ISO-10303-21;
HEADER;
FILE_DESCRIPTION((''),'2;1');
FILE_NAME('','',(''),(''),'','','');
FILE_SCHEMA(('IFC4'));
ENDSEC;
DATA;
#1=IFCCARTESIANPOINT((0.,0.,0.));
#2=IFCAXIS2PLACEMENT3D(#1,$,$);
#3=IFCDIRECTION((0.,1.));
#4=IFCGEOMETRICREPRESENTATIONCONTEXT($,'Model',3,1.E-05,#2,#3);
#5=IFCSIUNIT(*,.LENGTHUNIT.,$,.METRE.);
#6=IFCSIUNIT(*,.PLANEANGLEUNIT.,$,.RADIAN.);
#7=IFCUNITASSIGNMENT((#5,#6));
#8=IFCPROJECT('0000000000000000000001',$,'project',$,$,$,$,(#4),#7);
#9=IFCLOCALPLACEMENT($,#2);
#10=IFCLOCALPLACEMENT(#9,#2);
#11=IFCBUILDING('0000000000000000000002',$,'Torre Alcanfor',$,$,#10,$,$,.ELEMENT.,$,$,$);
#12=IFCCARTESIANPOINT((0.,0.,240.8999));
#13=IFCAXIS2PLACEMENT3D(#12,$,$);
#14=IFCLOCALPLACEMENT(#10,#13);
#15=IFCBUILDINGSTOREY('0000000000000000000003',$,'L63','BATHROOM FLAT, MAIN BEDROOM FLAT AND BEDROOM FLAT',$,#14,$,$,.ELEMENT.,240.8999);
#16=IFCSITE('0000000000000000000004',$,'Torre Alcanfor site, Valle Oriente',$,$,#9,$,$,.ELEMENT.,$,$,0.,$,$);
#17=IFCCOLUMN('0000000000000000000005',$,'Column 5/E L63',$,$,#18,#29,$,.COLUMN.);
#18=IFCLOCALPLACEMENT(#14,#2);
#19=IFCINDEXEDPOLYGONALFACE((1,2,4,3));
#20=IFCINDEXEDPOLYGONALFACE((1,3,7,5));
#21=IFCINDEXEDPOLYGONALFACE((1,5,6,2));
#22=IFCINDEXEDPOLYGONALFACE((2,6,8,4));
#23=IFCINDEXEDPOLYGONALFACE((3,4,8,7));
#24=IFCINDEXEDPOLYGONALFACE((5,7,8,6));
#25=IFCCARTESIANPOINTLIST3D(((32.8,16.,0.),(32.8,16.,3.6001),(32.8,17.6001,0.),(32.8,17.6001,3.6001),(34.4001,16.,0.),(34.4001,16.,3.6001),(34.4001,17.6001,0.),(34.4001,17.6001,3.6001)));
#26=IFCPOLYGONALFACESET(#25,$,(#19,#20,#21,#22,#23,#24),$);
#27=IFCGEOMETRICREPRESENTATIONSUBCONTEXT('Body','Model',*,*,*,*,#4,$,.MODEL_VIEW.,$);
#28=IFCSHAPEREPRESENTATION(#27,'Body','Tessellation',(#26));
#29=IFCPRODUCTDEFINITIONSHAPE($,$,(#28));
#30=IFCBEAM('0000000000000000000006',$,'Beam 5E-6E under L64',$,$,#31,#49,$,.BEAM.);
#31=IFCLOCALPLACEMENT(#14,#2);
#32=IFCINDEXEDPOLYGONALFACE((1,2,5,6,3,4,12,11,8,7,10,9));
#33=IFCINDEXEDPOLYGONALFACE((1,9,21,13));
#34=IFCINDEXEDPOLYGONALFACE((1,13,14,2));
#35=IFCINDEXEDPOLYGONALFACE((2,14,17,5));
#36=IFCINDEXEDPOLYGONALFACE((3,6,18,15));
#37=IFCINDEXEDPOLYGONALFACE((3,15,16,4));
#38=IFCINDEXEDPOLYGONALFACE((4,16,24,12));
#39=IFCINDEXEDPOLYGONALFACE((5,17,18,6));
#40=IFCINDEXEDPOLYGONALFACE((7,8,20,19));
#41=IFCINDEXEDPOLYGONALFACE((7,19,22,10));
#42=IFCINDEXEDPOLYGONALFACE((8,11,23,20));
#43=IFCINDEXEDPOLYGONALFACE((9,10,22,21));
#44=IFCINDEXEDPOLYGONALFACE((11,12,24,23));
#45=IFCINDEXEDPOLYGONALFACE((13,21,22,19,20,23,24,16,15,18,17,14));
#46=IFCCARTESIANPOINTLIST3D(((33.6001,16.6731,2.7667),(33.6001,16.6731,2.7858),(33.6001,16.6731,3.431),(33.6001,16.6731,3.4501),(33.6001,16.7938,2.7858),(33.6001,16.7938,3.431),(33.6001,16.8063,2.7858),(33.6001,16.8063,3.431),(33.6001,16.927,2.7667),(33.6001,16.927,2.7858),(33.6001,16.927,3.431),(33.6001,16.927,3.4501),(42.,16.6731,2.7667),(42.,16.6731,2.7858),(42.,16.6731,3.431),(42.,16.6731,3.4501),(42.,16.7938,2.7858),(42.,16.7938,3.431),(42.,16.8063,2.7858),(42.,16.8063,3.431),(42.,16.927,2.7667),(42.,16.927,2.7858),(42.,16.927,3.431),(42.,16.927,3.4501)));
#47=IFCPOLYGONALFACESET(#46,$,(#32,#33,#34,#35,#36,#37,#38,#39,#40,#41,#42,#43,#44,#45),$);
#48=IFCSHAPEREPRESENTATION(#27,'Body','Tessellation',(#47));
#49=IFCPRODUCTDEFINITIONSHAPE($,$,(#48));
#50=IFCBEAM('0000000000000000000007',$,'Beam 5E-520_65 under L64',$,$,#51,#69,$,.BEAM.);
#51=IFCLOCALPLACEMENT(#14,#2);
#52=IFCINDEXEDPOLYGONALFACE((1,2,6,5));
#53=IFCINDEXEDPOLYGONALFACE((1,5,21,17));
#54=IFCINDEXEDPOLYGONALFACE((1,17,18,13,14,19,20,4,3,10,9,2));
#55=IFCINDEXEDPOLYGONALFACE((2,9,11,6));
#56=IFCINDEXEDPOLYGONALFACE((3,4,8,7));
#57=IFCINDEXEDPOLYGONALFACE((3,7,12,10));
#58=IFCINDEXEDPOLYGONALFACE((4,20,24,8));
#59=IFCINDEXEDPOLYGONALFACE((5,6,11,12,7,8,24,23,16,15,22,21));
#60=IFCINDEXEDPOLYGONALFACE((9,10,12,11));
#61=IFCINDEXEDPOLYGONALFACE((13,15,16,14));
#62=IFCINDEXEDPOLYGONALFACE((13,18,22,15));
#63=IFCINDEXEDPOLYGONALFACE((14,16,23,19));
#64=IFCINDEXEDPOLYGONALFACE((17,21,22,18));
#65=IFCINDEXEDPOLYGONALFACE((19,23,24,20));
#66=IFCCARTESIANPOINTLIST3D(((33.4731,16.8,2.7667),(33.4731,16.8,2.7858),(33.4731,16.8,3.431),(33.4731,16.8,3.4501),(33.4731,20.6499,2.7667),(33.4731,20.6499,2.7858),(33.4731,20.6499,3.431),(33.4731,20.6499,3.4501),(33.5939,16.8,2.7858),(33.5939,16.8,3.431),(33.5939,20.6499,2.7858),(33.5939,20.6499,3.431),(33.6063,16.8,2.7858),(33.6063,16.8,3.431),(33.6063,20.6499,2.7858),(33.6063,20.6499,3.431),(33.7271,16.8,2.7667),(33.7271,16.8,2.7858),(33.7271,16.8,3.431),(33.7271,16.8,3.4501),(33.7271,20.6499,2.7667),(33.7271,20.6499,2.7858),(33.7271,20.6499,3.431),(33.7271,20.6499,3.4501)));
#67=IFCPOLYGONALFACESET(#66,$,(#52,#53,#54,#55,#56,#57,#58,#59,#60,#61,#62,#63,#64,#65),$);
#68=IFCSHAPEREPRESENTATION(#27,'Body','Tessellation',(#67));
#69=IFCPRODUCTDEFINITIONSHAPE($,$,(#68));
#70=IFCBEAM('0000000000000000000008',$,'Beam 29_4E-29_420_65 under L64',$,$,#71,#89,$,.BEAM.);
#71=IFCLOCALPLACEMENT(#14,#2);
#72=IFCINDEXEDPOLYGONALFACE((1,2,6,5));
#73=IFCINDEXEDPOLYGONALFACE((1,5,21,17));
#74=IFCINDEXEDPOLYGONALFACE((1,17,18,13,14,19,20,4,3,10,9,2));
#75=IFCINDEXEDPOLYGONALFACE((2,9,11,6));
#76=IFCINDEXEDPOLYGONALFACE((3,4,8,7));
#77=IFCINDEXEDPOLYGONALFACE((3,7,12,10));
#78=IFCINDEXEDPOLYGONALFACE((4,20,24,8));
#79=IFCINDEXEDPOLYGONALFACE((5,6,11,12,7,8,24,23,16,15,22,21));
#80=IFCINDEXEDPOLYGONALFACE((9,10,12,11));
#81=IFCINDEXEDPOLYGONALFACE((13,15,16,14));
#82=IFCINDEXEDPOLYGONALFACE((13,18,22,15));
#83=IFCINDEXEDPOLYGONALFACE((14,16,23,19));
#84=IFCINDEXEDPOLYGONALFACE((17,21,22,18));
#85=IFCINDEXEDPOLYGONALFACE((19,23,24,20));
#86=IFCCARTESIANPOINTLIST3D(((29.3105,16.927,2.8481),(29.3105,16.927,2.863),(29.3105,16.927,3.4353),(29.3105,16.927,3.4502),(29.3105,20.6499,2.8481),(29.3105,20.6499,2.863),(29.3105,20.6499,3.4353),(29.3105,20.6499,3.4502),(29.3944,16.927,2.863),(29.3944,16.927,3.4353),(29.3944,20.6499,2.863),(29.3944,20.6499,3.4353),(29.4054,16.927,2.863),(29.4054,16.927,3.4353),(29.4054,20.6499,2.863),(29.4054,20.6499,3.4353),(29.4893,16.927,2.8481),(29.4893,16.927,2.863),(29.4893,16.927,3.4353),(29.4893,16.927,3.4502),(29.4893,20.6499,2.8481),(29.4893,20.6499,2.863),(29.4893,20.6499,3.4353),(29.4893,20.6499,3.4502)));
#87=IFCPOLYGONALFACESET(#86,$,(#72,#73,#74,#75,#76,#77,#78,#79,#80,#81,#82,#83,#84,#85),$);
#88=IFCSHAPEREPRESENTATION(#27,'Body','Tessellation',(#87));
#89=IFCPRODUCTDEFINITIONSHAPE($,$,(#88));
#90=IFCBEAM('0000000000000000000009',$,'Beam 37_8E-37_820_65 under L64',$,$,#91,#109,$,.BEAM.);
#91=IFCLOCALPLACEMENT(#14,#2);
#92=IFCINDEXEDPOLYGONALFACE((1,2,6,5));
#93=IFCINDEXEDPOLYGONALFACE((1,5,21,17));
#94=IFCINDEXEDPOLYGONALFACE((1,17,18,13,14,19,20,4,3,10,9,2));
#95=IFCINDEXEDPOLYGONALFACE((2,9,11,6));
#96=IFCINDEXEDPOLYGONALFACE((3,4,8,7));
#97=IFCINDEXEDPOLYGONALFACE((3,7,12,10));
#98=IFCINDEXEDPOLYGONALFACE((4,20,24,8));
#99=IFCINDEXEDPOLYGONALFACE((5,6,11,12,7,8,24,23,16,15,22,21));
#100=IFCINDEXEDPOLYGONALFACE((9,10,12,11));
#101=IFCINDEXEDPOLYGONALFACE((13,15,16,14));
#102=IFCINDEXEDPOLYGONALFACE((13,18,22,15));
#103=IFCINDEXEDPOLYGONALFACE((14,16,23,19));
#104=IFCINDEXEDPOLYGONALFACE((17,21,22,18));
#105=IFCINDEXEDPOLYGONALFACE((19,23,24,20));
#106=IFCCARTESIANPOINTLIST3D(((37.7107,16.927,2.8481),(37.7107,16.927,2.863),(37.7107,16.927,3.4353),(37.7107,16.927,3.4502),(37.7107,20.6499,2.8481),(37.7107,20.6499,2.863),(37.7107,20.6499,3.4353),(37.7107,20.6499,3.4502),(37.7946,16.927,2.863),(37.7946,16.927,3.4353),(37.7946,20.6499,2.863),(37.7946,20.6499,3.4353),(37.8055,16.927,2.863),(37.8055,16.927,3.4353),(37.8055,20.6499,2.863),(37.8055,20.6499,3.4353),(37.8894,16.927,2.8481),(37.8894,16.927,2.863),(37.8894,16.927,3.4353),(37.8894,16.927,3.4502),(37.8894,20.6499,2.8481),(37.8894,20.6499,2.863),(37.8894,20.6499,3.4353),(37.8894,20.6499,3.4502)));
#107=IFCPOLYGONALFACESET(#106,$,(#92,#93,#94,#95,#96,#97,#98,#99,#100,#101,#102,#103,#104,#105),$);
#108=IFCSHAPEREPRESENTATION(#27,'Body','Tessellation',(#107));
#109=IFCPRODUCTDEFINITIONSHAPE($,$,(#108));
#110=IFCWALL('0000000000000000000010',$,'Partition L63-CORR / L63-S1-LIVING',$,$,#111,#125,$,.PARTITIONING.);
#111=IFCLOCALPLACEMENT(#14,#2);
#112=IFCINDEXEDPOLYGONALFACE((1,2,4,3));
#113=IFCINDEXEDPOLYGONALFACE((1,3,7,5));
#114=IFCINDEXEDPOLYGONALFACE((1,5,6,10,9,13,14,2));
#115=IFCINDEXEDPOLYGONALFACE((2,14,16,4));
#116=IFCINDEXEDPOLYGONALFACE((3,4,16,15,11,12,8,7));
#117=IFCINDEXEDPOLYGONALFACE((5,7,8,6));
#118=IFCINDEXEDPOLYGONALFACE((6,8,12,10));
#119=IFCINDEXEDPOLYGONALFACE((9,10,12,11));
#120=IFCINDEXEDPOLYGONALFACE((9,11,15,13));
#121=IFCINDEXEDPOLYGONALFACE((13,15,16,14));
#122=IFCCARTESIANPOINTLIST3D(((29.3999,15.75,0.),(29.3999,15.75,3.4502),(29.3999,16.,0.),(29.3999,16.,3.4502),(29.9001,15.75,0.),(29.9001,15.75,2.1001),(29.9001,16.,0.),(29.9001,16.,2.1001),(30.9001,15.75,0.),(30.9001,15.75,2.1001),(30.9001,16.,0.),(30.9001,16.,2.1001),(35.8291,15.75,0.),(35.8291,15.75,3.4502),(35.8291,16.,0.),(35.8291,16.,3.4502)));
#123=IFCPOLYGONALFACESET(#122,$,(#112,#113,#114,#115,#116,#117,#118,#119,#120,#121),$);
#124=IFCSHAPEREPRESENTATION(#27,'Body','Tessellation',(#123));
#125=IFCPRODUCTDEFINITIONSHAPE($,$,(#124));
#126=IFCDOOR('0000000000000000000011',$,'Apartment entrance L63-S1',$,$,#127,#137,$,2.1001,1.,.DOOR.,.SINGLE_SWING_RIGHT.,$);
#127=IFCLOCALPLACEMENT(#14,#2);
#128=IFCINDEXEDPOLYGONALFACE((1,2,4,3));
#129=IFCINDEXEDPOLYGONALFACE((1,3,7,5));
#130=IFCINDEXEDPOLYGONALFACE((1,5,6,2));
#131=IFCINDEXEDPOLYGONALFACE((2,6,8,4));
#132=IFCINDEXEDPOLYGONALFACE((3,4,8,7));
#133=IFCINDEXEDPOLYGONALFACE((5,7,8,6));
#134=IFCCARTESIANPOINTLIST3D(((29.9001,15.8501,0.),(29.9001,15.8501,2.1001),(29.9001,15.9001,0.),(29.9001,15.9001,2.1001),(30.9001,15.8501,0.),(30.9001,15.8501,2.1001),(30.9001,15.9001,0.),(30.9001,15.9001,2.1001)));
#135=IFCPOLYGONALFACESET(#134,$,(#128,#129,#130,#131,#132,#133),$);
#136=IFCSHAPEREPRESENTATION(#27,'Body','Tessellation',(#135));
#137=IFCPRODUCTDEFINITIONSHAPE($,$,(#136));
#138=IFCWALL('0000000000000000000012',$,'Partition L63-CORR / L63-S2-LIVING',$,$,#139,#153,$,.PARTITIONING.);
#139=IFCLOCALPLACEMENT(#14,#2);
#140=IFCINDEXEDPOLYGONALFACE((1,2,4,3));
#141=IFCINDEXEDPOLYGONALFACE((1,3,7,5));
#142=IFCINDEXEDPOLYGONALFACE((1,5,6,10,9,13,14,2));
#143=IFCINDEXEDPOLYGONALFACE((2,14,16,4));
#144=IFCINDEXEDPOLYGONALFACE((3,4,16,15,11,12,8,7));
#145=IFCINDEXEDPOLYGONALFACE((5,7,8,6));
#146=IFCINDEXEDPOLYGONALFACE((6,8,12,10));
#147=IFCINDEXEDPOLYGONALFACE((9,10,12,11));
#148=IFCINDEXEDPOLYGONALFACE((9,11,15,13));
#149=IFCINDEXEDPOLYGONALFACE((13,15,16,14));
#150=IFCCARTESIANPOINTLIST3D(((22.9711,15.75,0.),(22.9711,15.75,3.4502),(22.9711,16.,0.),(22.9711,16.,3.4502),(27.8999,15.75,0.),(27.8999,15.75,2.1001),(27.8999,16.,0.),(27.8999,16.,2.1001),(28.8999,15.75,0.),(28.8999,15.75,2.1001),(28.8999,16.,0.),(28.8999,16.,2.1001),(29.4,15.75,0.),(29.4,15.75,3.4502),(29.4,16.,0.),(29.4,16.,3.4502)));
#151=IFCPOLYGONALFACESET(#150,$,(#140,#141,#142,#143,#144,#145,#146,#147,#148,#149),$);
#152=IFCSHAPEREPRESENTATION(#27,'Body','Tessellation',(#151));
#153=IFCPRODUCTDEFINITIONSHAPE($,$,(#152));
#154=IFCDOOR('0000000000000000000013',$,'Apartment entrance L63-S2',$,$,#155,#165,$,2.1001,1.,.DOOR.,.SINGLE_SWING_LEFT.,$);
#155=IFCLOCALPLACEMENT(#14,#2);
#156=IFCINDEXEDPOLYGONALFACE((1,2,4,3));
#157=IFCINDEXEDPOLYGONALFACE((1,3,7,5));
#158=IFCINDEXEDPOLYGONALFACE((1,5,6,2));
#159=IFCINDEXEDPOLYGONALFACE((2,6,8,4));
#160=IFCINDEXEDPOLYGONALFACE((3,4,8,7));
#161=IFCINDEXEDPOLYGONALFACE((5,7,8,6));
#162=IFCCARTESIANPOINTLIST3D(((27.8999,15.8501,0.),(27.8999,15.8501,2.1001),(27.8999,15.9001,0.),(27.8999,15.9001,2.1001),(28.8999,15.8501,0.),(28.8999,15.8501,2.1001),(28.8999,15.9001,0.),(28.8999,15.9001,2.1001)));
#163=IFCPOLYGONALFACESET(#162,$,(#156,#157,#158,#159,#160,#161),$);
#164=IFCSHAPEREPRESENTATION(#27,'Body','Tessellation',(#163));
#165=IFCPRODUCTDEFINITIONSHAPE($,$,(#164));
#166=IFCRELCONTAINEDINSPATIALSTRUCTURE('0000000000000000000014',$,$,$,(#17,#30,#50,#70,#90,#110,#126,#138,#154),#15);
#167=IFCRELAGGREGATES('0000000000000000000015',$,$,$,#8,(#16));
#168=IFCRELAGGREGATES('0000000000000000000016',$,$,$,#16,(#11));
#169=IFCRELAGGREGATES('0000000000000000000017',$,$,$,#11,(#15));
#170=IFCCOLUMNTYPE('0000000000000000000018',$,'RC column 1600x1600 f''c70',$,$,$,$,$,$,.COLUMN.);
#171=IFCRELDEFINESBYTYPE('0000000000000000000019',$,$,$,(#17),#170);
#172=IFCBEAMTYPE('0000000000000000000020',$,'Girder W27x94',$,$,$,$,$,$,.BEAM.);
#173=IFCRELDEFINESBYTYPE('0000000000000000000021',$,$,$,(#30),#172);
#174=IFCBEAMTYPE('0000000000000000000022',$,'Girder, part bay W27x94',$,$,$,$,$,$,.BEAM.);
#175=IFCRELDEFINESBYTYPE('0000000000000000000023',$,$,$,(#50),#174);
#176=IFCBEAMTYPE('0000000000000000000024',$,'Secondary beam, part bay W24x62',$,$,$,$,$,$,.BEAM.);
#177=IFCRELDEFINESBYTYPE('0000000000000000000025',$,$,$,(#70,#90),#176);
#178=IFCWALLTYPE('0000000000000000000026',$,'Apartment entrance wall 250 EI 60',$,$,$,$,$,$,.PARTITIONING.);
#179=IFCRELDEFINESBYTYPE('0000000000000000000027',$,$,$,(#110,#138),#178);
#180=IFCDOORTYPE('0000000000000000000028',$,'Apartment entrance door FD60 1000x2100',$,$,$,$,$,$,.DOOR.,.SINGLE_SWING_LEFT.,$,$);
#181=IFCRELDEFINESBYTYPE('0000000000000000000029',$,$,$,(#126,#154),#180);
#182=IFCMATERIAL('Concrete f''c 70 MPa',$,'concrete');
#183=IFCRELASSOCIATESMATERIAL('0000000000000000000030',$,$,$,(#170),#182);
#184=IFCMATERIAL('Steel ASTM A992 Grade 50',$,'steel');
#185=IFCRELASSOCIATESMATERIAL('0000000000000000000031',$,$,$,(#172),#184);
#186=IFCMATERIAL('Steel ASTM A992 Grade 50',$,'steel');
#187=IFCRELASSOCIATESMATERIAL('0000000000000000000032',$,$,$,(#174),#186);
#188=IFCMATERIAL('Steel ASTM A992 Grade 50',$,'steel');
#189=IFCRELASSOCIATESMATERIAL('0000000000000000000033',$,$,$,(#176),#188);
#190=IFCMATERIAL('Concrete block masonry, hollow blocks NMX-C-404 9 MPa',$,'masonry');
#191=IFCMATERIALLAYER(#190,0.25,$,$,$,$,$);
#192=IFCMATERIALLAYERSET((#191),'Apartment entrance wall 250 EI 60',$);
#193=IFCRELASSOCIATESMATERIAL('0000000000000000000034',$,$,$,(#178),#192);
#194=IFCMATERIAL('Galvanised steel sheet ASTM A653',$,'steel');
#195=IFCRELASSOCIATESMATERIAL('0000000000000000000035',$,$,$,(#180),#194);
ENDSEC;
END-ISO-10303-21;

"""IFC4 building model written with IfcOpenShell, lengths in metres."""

from ifc_helpers import new_model, si_unit, direction, frame, frame_2d, origin, origin_2d, place, context, subcontext, project, spatial, rectangle, i_section, extrude, material, layer, layer_set, material_profile, profile_set, type_object, element, fill, save


model = new_model("IFC4")

# Units and contexts
model_context = context("Model", 3, precision=1e-05, world=origin(), true_north=direction((0.0, 1.0)))
body_context = subcontext(model_context, "Body", "Model", "MODEL_VIEW")
ifc_project = project(units=[si_unit("LENGTHUNIT", "METRE"), si_unit("PLANEANGLEUNIT", "RADIAN")], contexts=[model_context])

# Site, building, storey
site_placement = place(None, origin())
site = spatial("IfcSite", under=ifc_project, at=site_placement, Name="Torre Alcanfor site, Valle Oriente", CompositionType="ELEMENT", RefElevation=0.0)
building_placement = place(site_placement, origin())
building = spatial("IfcBuilding", under=site, at=building_placement, Name="Torre Alcanfor", CompositionType="ELEMENT")
storey_placement = place(building_placement, frame((0.0, 0.0, 240.8999)))
storey = spatial("IfcBuildingStorey", under=building, at=storey_placement, Name="L63", Description="BATHROOM FLAT, MAIN BEDROOM FLAT AND BEDROOM FLAT", CompositionType="ELEMENT", Elevation=240.8999)

# Column
ifc_material_1 = material(Name="Concrete f'c 70 MPa", Category="concrete")
ifc_material_profile_1 = material_profile(ifc_material_1, rectangle(XDim=1.6001, YDim=1.6001, at=origin_2d()), Name="1600x1600")
ifc_profile_set_1 = profile_set([ifc_material_profile_1], Name="Concrete f'c 70 MPa")
column_type = type_object("IfcColumnType", Name="RC column 1600x1600 f'c70", PredefinedType="COLUMN", material=ifc_profile_set_1)
column_placement = place(storey_placement, frame((33.6001, 16.8, 0.0), z_axis=(0.0, 0.0, 1.0), x_axis=(1.0, 0.0, 0.0)))
element("IfcColumn", 1, at=column_placement, inside=storey, type_object=column_type, Name="Column 5/E L63", PredefinedType="COLUMN", context=body_context, shape_type="SweptSolid", body=[
    extrude(rectangle(XDim=1.6001, YDim=1.6001, at=origin_2d()), origin(), (0.0, 0.0, 1.0), 3.6001),
])

# Beams
ifc_material_2 = material(Name="Steel ASTM A992 Grade 50", Category="steel")
ifc_material_profile_2 = material_profile(ifc_material_2, i_section(OverallWidth=0.2539, OverallDepth=0.6833, WebThickness=0.0125, FlangeThickness=0.019, at=origin_2d()), Name="W27x94")
ifc_profile_set_2 = profile_set([ifc_material_profile_2], Name="Steel ASTM A992 Grade 50")
beam_type_1 = type_object("IfcBeamType", Name="Girder W27x94", PredefinedType="BEAM", material=ifc_profile_set_2)
beam_1_placement = place(storey_placement, frame((33.6001, 16.8, 3.1084), z_axis=(1.0, 0.0, 0.0), x_axis=(0.0, 1.0, 0.0)))
element("IfcBeam", 2, at=beam_1_placement, inside=storey, type_object=beam_type_1, Name="Beam 5E-6E under L64", PredefinedType="BEAM", context=body_context, shape_type="SweptSolid", body=[
    extrude(i_section(OverallWidth=0.2539, OverallDepth=0.6833, WebThickness=0.0125, FlangeThickness=0.019, at=origin_2d()), origin(), (0.0, 0.0, 1.0), 8.3999),
])
ifc_material_3 = material(Name="Steel ASTM A992 Grade 50", Category="steel")
ifc_material_profile_3 = material_profile(ifc_material_3, i_section(OverallWidth=0.2539, OverallDepth=0.6833, WebThickness=0.0125, FlangeThickness=0.019, at=origin_2d()), Name="W27x94")
ifc_profile_set_3 = profile_set([ifc_material_profile_3], Name="Steel ASTM A992 Grade 50")
beam_type_2 = type_object("IfcBeamType", Name="Girder, part bay W27x94", PredefinedType="BEAM", material=ifc_profile_set_3)
beam_2_placement = place(storey_placement, frame((33.6001, 16.8, 3.1084), z_axis=(0.0, 1.0, 0.0), x_axis=(-1.0, 0.0, 0.0)))
element("IfcBeam", 3, at=beam_2_placement, inside=storey, type_object=beam_type_2, Name="Beam 5E-520_65 under L64", PredefinedType="BEAM", context=body_context, shape_type="SweptSolid", body=[
    extrude(i_section(OverallWidth=0.2539, OverallDepth=0.6833, WebThickness=0.0125, FlangeThickness=0.019, at=origin_2d()), origin(), (0.0, 0.0, 1.0), 3.8499),
])
ifc_material_4 = material(Name="Steel ASTM A992 Grade 50", Category="steel")
ifc_material_profile_4 = material_profile(ifc_material_4, i_section(OverallWidth=0.1787, OverallDepth=0.6021, WebThickness=0.011, FlangeThickness=0.0149, at=origin_2d()), Name="W24x62")
ifc_profile_set_4 = profile_set([ifc_material_profile_4], Name="Steel ASTM A992 Grade 50")
beam_type_3 = type_object("IfcBeamType", Name="Secondary beam, part bay W24x62", PredefinedType="BEAM", material=ifc_profile_set_4)
for number, where, z_axis, x_axis, name in (
    (4, (29.3999, 16.927, 3.1492), (0.0, 1.0, 0.0), (-1.0, 0.0, 0.0), "Beam 29_4E-29_420_65 under L64"),
    (5, (37.8, 16.927, 3.1492), (0.0, 1.0, 0.0), (-1.0, 0.0, 0.0), "Beam 37_8E-37_820_65 under L64"),
):
    element("IfcBeam", number, at=place(storey_placement, frame(where, z_axis=z_axis, x_axis=x_axis)), inside=storey, type_object=beam_type_3, Name=name, PredefinedType="BEAM", context=body_context, shape_type="SweptSolid", body=[
        extrude(i_section(OverallWidth=0.1787, OverallDepth=0.6021, WebThickness=0.011, FlangeThickness=0.0149, at=origin_2d()), origin(), (0.0, 0.0, 1.0), 3.7229),
    ])

# Walls, openings, doors
ifc_material_5 = material(Name="Concrete block masonry, hollow blocks NMX-C-404 9 MPa", Category="masonry")
ifc_layer_1 = layer(ifc_material_5, 0.25)
ifc_layer_set_1 = layer_set([ifc_layer_1], Name="Apartment entrance wall 250 EI 60")
wall_type_1 = type_object("IfcWallType", Name="Apartment entrance wall 250 EI 60", PredefinedType="PARTITIONING", material=ifc_layer_set_1)
wall_1_placement = place(storey_placement, frame((35.8291, 15.875, 0.0), z_axis=(0.0, 0.0, 1.0), x_axis=(-1.0, 0.0, 0.0)))
wall_1 = element("IfcWall", 6, at=wall_1_placement, inside=storey, type_object=wall_type_1, Name="Partition L63-CORR / L63-S1-LIVING", PredefinedType="PARTITIONING", context=body_context, shape_type="SweptSolid", body=[
    extrude(rectangle(XDim=6.4292, YDim=0.25, at=frame_2d((3.2146, 0.0))), origin(), (0.0, 0.0, 1.0), 3.4502),
])
opening_1_placement = place(wall_1_placement, frame((4.929, 0.0, 0.0)))
opening_1 = element("IfcOpeningElement", 7, at=opening_1_placement, cuts=wall_1, PredefinedType="OPENING", context=body_context, shape_type="SweptSolid", body=[
    extrude(rectangle(XDim=1.0, YDim=2.1001, at=frame_2d((0.5, 1.05))), frame((0.0, 0.135, 0.0), z_axis=(0.0, -1.0, 0.0), x_axis=(1.0, 0.0, 0.0)), (0.0, 0.0, 1.0), 0.27),
])
ifc_material_6 = material(Name="Galvanised steel sheet ASTM A653", Category="steel")
door_type_1 = type_object("IfcDoorType", Name="Apartment entrance door FD60 1000x2100", OperationType="SINGLE_SWING_LEFT", PredefinedType="DOOR", material=ifc_material_6)
door_1_placement = place(opening_1_placement, origin())
door_1 = element("IfcDoor", 8, at=door_1_placement, inside=storey, type_object=door_type_1, Name="Apartment entrance L63-S1", OperationType="SINGLE_SWING_RIGHT", OverallHeight=2.1001, OverallWidth=1.0, PredefinedType="DOOR", context=body_context, shape_type="SweptSolid", body=[
    extrude(rectangle(XDim=1.0, YDim=2.1001, at=frame_2d((0.5, 1.05))), frame((0.0, 0.0249, 0.0), z_axis=(0.0, -1.0, 0.0), x_axis=(1.0, 0.0, 0.0)), (0.0, 0.0, 1.0), 0.05),
])
fill(opening_1, door_1)
wall_2_placement = place(storey_placement, frame((29.3999, 15.875, 0.0), z_axis=(0.0, 0.0, 1.0), x_axis=(-1.0, 0.0, 0.0)))
wall_2 = element("IfcWall", 9, at=wall_2_placement, inside=storey, type_object=wall_type_1, Name="Partition L63-CORR / L63-S2-LIVING", PredefinedType="PARTITIONING", context=body_context, shape_type="SweptSolid", body=[
    extrude(rectangle(XDim=6.429, YDim=0.25, at=frame_2d((3.2144, 0.0))), origin(), (0.0, 0.0, 1.0), 3.4502),
])
opening_2_placement = place(wall_2_placement, frame((0.5, 0.0, 0.0)))
opening_2 = element("IfcOpeningElement", 10, at=opening_2_placement, cuts=wall_2, PredefinedType="OPENING", context=body_context, shape_type="SweptSolid", body=[
    extrude(rectangle(XDim=1.0, YDim=2.1001, at=frame_2d((0.5, 1.05))), frame((0.0, 0.135, 0.0), z_axis=(0.0, -1.0, 0.0), x_axis=(1.0, 0.0, 0.0)), (0.0, 0.0, 1.0), 0.27),
])
door_2_placement = place(opening_2_placement, origin())
door_2 = element("IfcDoor", 11, at=door_2_placement, inside=storey, type_object=door_type_1, Name="Apartment entrance L63-S2", OperationType="SINGLE_SWING_LEFT", OverallHeight=2.1001, OverallWidth=1.0, PredefinedType="DOOR", context=body_context, shape_type="SweptSolid", body=[
    extrude(rectangle(XDim=1.0, YDim=2.1001, at=frame_2d((0.5, 1.05))), frame((0.0, 0.0249, 0.0), z_axis=(0.0, -1.0, 0.0), x_axis=(1.0, 0.0, 0.0)), (0.0, 0.0, 1.0), 0.05),
])
fill(opening_2, door_2)

save(model, "model.ifc")
